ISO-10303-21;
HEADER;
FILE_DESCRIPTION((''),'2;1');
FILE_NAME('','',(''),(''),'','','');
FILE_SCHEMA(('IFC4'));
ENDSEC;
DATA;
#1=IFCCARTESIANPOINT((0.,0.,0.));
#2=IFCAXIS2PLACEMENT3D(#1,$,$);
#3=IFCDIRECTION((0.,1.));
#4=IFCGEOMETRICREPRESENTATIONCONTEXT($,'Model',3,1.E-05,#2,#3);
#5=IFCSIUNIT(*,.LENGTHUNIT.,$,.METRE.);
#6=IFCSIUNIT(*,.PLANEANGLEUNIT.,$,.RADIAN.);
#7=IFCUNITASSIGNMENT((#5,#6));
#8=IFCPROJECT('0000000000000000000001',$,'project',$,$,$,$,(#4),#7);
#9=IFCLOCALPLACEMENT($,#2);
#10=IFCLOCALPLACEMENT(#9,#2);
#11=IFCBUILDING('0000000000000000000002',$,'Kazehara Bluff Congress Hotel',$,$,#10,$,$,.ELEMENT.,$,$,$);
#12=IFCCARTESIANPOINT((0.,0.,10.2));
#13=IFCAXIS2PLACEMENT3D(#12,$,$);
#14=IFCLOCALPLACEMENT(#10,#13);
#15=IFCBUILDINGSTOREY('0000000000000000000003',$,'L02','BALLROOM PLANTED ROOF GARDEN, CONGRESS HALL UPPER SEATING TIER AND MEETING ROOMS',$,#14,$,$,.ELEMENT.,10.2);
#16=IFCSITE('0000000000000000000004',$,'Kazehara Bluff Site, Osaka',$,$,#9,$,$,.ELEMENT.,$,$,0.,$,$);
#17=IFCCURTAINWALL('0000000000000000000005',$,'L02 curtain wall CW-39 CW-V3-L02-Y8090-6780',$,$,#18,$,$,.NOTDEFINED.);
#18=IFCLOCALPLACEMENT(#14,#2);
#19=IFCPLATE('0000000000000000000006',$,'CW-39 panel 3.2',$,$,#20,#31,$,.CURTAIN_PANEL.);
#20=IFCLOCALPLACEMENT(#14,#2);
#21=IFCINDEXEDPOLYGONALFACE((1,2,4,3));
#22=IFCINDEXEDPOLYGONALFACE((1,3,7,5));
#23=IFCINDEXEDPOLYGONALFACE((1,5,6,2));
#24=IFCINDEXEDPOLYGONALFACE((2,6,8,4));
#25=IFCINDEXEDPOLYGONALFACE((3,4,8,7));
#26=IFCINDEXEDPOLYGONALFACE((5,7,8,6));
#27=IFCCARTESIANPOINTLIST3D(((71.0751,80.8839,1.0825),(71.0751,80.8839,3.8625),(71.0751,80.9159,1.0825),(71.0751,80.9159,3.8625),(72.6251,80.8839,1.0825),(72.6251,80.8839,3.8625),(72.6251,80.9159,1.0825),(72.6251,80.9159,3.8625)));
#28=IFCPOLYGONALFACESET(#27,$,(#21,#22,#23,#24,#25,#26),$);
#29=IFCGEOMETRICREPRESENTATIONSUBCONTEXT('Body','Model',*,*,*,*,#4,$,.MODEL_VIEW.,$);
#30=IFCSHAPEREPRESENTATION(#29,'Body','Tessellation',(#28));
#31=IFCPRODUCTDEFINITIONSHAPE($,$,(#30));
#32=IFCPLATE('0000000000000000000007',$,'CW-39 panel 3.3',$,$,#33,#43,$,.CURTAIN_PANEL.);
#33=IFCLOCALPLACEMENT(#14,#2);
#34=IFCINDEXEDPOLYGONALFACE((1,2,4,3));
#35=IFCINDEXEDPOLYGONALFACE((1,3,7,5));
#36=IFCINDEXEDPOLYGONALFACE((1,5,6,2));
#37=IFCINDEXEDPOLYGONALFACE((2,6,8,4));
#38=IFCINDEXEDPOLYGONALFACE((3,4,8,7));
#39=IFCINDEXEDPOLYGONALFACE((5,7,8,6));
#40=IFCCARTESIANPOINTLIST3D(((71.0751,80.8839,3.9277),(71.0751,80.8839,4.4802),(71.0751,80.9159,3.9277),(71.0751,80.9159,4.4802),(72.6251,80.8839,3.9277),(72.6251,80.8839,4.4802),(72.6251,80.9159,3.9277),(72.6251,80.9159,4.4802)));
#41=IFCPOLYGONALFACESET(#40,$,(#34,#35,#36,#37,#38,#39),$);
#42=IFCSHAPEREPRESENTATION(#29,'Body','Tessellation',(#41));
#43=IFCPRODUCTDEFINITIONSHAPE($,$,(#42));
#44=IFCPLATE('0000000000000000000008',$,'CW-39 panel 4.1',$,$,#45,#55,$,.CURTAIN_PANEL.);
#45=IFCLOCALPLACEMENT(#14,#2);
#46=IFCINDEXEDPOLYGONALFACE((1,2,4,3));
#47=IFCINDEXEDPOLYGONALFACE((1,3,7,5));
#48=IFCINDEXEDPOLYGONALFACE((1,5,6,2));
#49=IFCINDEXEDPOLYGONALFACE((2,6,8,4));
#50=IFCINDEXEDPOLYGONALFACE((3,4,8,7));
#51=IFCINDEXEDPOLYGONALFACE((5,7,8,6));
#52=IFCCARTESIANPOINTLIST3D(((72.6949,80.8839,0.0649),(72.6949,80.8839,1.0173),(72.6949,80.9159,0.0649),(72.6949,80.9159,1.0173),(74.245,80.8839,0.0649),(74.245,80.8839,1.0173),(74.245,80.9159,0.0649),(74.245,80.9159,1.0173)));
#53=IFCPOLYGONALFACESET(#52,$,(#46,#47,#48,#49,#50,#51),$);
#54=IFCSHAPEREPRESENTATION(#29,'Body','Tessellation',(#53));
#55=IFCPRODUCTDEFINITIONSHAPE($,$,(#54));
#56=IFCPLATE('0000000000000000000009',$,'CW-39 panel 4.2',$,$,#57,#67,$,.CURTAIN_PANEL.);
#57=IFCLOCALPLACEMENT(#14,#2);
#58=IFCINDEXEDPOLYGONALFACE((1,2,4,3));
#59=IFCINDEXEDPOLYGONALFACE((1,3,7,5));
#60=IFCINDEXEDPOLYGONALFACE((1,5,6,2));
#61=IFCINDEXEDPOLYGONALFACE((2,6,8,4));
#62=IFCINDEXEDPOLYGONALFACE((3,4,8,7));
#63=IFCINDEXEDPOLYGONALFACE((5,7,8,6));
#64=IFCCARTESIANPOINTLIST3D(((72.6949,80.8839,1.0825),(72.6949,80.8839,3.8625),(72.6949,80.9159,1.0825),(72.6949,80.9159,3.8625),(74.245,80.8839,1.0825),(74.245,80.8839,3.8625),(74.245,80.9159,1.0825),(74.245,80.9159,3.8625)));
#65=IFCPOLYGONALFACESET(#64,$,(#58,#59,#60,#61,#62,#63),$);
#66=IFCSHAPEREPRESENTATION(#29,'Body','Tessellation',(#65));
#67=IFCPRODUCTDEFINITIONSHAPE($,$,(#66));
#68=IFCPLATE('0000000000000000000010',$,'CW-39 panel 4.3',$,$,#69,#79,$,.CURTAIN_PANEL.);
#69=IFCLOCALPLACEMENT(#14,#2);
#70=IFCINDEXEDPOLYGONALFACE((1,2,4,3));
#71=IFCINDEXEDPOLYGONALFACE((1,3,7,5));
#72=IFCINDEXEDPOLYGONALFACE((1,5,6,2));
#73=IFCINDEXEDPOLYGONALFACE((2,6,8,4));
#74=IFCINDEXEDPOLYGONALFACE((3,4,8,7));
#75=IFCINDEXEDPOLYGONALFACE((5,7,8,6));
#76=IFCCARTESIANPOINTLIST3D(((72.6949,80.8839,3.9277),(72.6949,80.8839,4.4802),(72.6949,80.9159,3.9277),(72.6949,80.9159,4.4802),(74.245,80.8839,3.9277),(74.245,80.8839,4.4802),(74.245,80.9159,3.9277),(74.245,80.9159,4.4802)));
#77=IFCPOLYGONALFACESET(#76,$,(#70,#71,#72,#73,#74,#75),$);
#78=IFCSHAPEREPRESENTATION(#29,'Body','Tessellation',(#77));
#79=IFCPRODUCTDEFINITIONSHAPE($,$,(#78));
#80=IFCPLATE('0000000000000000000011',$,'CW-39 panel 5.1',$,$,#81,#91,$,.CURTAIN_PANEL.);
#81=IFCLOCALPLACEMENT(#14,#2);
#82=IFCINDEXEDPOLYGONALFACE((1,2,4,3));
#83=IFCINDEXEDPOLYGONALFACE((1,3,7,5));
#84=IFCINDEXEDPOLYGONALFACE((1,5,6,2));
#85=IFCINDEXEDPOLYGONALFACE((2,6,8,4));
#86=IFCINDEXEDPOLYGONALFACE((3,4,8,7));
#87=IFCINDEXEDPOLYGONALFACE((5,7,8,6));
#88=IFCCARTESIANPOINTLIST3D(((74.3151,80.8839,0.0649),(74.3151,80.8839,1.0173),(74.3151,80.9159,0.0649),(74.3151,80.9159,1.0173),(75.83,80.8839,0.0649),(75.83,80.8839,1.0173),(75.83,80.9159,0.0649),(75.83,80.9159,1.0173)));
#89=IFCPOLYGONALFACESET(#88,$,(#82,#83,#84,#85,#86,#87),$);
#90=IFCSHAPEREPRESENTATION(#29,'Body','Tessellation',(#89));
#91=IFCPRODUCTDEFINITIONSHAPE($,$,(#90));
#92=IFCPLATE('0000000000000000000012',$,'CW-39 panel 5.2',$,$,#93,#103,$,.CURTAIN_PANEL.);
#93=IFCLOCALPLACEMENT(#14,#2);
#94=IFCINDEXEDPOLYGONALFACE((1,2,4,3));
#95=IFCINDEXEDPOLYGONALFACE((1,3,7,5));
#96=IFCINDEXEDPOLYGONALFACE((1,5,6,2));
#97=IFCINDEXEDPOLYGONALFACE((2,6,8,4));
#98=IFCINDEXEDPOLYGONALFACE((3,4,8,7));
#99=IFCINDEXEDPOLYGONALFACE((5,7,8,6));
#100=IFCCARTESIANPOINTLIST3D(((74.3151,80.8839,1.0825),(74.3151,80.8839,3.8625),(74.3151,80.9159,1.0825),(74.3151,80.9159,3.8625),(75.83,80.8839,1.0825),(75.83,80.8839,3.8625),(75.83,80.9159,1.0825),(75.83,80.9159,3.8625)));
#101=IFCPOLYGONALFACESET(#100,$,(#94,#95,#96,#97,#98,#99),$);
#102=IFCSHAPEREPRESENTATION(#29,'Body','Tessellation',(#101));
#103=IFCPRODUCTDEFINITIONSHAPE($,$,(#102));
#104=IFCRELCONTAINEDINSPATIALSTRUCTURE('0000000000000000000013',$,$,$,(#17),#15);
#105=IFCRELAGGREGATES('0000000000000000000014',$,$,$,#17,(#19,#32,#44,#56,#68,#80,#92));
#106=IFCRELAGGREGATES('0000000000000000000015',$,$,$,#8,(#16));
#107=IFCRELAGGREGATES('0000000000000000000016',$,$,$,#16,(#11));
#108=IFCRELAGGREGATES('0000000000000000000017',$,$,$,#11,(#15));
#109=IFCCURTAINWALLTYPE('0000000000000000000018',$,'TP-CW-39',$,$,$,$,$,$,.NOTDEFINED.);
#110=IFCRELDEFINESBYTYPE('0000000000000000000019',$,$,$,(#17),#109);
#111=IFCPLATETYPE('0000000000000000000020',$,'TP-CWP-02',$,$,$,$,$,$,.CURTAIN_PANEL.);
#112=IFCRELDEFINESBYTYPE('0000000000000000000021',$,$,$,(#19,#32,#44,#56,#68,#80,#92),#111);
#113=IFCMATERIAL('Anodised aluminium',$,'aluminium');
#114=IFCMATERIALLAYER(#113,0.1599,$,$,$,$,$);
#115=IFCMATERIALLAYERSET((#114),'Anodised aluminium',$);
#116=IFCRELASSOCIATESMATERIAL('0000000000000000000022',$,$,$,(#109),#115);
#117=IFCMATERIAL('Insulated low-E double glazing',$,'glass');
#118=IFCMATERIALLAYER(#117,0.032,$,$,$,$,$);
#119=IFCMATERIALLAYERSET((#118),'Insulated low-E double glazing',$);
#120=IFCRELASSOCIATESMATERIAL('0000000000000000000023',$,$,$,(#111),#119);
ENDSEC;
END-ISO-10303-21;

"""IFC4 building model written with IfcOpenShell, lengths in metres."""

from ifc_helpers import new_model, si_unit, direction, frame, origin, origin_2d, place, context, subcontext, project, spatial, rectangle, extrude, material, layer, layer_set, type_object, element, aggregate, save


model = new_model("IFC4")

# Units and contexts
model_context = context("Model", 3, precision=1e-05, world=origin(), true_north=direction((0.0, 1.0)))
body_context = subcontext(model_context, "Body", "Model", "MODEL_VIEW")
ifc_project = project(units=[si_unit("LENGTHUNIT", "METRE"), si_unit("PLANEANGLEUNIT", "RADIAN")], contexts=[model_context])

# Site, building, storey
site_placement = place(None, origin())
site = spatial("IfcSite", under=ifc_project, at=site_placement, Name="Kazehara Bluff Site, Osaka", CompositionType="ELEMENT", RefElevation=0.0)
building_placement = place(site_placement, origin())
building = spatial("IfcBuilding", under=site, at=building_placement, Name="Kazehara Bluff Congress Hotel", CompositionType="ELEMENT")
storey_placement = place(building_placement, frame((0.0, 0.0, 10.2)))
storey = spatial("IfcBuildingStorey", under=building, at=storey_placement, Name="L02", Description="BALLROOM PLANTED ROOF GARDEN, CONGRESS HALL UPPER SEATING TIER AND MEETING ROOMS", CompositionType="ELEMENT", Elevation=10.2)

# Curtain wall, plates
ifc_material_1 = material(Name="Anodised aluminium", Category="aluminium")
ifc_layer_1 = layer(ifc_material_1, 0.1599)
ifc_layer_set_1 = layer_set([ifc_layer_1], Name="Anodised aluminium")
curtain_wall_type = type_object("IfcCurtainWallType", Name="TP-CW-39", PredefinedType="NOTDEFINED", material=ifc_layer_set_1)
curtain_wall_placement = place(storey_placement, origin())
curtain_wall = element("IfcCurtainWall", 1, at=curtain_wall_placement, inside=storey, type_object=curtain_wall_type, Name="L02 curtain wall CW-39 CW-V3-L02-Y8090-6780", PredefinedType="NOTDEFINED")
ifc_material_2 = material(Name="Insulated low-E double glazing", Category="glass")
ifc_layer_2 = layer(ifc_material_2, 0.032)
ifc_layer_set_2 = layer_set([ifc_layer_2], Name="Insulated low-E double glazing")
plate_type = type_object("IfcPlateType", Name="TP-CWP-02", PredefinedType="CURTAIN_PANEL", material=ifc_layer_set_2)
plate_1_placement = place(storey_placement, frame((71.8501, 80.8999, 1.0825), z_axis=(0.0, 0.0, 1.0), x_axis=(1.0, 0.0, 0.0)))
plate_1 = element("IfcPlate", 2, at=plate_1_placement, type_object=plate_type, Name="CW-39 panel 3.2", PredefinedType="CURTAIN_PANEL", context=body_context, shape_type="SweptSolid", body=[
    extrude(rectangle(XDim=1.55, YDim=0.032, at=origin_2d()), origin(), (0.0, 0.0, 1.0), 2.78),
])
plate_2_placement = place(storey_placement, frame((71.8501, 80.8999, 3.9277), z_axis=(0.0, 0.0, 1.0), x_axis=(1.0, 0.0, 0.0)))
plate_2 = element("IfcPlate", 3, at=plate_2_placement, type_object=plate_type, Name="CW-39 panel 3.3", PredefinedType="CURTAIN_PANEL", context=body_context, shape_type="SweptSolid", body=[
    extrude(rectangle(XDim=1.55, YDim=0.032, at=origin_2d()), origin(), (0.0, 0.0, 1.0), 0.5525),
])
plate_3_placement = place(storey_placement, frame((73.47, 80.8999, 0.0649), z_axis=(0.0, 0.0, 1.0), x_axis=(1.0, 0.0, 0.0)))
plate_3 = element("IfcPlate", 4, at=plate_3_placement, type_object=plate_type, Name="CW-39 panel 4.1", PredefinedType="CURTAIN_PANEL", context=body_context, shape_type="SweptSolid", body=[
    extrude(rectangle(XDim=1.55, YDim=0.032, at=origin_2d()), origin(), (0.0, 0.0, 1.0), 0.9524),
])
plate_4_placement = place(storey_placement, frame((73.47, 80.8999, 1.0825), z_axis=(0.0, 0.0, 1.0), x_axis=(1.0, 0.0, 0.0)))
plate_4 = element("IfcPlate", 5, at=plate_4_placement, type_object=plate_type, Name="CW-39 panel 4.2", PredefinedType="CURTAIN_PANEL", context=body_context, shape_type="SweptSolid", body=[
    extrude(rectangle(XDim=1.55, YDim=0.032, at=origin_2d()), origin(), (0.0, 0.0, 1.0), 2.78),
])
plate_5_placement = place(storey_placement, frame((73.47, 80.8999, 3.9277), z_axis=(0.0, 0.0, 1.0), x_axis=(1.0, 0.0, 0.0)))
plate_5 = element("IfcPlate", 6, at=plate_5_placement, type_object=plate_type, Name="CW-39 panel 4.3", PredefinedType="CURTAIN_PANEL", context=body_context, shape_type="SweptSolid", body=[
    extrude(rectangle(XDim=1.55, YDim=0.032, at=origin_2d()), origin(), (0.0, 0.0, 1.0), 0.5525),
])
plate_6_placement = place(storey_placement, frame((75.0725, 80.8999, 0.0649), z_axis=(0.0, 0.0, 1.0), x_axis=(1.0, 0.0, 0.0)))
plate_6 = element("IfcPlate", 7, at=plate_6_placement, type_object=plate_type, Name="CW-39 panel 5.1", PredefinedType="CURTAIN_PANEL", context=body_context, shape_type="SweptSolid", body=[
    extrude(rectangle(XDim=1.5149, YDim=0.032, at=origin_2d()), origin(), (0.0, 0.0, 1.0), 0.9524),
])
plate_7_placement = place(storey_placement, frame((75.0725, 80.8999, 1.0825), z_axis=(0.0, 0.0, 1.0), x_axis=(1.0, 0.0, 0.0)))
plate_7 = element("IfcPlate", 8, at=plate_7_placement, type_object=plate_type, Name="CW-39 panel 5.2", PredefinedType="CURTAIN_PANEL", context=body_context, shape_type="SweptSolid", body=[
    extrude(rectangle(XDim=1.5149, YDim=0.032, at=origin_2d()), origin(), (0.0, 0.0, 1.0), 2.78),
])
aggregate(curtain_wall, [plate_1, plate_2, plate_3, plate_4, plate_5, plate_6, plate_7])

save(model, "model.ifc")
